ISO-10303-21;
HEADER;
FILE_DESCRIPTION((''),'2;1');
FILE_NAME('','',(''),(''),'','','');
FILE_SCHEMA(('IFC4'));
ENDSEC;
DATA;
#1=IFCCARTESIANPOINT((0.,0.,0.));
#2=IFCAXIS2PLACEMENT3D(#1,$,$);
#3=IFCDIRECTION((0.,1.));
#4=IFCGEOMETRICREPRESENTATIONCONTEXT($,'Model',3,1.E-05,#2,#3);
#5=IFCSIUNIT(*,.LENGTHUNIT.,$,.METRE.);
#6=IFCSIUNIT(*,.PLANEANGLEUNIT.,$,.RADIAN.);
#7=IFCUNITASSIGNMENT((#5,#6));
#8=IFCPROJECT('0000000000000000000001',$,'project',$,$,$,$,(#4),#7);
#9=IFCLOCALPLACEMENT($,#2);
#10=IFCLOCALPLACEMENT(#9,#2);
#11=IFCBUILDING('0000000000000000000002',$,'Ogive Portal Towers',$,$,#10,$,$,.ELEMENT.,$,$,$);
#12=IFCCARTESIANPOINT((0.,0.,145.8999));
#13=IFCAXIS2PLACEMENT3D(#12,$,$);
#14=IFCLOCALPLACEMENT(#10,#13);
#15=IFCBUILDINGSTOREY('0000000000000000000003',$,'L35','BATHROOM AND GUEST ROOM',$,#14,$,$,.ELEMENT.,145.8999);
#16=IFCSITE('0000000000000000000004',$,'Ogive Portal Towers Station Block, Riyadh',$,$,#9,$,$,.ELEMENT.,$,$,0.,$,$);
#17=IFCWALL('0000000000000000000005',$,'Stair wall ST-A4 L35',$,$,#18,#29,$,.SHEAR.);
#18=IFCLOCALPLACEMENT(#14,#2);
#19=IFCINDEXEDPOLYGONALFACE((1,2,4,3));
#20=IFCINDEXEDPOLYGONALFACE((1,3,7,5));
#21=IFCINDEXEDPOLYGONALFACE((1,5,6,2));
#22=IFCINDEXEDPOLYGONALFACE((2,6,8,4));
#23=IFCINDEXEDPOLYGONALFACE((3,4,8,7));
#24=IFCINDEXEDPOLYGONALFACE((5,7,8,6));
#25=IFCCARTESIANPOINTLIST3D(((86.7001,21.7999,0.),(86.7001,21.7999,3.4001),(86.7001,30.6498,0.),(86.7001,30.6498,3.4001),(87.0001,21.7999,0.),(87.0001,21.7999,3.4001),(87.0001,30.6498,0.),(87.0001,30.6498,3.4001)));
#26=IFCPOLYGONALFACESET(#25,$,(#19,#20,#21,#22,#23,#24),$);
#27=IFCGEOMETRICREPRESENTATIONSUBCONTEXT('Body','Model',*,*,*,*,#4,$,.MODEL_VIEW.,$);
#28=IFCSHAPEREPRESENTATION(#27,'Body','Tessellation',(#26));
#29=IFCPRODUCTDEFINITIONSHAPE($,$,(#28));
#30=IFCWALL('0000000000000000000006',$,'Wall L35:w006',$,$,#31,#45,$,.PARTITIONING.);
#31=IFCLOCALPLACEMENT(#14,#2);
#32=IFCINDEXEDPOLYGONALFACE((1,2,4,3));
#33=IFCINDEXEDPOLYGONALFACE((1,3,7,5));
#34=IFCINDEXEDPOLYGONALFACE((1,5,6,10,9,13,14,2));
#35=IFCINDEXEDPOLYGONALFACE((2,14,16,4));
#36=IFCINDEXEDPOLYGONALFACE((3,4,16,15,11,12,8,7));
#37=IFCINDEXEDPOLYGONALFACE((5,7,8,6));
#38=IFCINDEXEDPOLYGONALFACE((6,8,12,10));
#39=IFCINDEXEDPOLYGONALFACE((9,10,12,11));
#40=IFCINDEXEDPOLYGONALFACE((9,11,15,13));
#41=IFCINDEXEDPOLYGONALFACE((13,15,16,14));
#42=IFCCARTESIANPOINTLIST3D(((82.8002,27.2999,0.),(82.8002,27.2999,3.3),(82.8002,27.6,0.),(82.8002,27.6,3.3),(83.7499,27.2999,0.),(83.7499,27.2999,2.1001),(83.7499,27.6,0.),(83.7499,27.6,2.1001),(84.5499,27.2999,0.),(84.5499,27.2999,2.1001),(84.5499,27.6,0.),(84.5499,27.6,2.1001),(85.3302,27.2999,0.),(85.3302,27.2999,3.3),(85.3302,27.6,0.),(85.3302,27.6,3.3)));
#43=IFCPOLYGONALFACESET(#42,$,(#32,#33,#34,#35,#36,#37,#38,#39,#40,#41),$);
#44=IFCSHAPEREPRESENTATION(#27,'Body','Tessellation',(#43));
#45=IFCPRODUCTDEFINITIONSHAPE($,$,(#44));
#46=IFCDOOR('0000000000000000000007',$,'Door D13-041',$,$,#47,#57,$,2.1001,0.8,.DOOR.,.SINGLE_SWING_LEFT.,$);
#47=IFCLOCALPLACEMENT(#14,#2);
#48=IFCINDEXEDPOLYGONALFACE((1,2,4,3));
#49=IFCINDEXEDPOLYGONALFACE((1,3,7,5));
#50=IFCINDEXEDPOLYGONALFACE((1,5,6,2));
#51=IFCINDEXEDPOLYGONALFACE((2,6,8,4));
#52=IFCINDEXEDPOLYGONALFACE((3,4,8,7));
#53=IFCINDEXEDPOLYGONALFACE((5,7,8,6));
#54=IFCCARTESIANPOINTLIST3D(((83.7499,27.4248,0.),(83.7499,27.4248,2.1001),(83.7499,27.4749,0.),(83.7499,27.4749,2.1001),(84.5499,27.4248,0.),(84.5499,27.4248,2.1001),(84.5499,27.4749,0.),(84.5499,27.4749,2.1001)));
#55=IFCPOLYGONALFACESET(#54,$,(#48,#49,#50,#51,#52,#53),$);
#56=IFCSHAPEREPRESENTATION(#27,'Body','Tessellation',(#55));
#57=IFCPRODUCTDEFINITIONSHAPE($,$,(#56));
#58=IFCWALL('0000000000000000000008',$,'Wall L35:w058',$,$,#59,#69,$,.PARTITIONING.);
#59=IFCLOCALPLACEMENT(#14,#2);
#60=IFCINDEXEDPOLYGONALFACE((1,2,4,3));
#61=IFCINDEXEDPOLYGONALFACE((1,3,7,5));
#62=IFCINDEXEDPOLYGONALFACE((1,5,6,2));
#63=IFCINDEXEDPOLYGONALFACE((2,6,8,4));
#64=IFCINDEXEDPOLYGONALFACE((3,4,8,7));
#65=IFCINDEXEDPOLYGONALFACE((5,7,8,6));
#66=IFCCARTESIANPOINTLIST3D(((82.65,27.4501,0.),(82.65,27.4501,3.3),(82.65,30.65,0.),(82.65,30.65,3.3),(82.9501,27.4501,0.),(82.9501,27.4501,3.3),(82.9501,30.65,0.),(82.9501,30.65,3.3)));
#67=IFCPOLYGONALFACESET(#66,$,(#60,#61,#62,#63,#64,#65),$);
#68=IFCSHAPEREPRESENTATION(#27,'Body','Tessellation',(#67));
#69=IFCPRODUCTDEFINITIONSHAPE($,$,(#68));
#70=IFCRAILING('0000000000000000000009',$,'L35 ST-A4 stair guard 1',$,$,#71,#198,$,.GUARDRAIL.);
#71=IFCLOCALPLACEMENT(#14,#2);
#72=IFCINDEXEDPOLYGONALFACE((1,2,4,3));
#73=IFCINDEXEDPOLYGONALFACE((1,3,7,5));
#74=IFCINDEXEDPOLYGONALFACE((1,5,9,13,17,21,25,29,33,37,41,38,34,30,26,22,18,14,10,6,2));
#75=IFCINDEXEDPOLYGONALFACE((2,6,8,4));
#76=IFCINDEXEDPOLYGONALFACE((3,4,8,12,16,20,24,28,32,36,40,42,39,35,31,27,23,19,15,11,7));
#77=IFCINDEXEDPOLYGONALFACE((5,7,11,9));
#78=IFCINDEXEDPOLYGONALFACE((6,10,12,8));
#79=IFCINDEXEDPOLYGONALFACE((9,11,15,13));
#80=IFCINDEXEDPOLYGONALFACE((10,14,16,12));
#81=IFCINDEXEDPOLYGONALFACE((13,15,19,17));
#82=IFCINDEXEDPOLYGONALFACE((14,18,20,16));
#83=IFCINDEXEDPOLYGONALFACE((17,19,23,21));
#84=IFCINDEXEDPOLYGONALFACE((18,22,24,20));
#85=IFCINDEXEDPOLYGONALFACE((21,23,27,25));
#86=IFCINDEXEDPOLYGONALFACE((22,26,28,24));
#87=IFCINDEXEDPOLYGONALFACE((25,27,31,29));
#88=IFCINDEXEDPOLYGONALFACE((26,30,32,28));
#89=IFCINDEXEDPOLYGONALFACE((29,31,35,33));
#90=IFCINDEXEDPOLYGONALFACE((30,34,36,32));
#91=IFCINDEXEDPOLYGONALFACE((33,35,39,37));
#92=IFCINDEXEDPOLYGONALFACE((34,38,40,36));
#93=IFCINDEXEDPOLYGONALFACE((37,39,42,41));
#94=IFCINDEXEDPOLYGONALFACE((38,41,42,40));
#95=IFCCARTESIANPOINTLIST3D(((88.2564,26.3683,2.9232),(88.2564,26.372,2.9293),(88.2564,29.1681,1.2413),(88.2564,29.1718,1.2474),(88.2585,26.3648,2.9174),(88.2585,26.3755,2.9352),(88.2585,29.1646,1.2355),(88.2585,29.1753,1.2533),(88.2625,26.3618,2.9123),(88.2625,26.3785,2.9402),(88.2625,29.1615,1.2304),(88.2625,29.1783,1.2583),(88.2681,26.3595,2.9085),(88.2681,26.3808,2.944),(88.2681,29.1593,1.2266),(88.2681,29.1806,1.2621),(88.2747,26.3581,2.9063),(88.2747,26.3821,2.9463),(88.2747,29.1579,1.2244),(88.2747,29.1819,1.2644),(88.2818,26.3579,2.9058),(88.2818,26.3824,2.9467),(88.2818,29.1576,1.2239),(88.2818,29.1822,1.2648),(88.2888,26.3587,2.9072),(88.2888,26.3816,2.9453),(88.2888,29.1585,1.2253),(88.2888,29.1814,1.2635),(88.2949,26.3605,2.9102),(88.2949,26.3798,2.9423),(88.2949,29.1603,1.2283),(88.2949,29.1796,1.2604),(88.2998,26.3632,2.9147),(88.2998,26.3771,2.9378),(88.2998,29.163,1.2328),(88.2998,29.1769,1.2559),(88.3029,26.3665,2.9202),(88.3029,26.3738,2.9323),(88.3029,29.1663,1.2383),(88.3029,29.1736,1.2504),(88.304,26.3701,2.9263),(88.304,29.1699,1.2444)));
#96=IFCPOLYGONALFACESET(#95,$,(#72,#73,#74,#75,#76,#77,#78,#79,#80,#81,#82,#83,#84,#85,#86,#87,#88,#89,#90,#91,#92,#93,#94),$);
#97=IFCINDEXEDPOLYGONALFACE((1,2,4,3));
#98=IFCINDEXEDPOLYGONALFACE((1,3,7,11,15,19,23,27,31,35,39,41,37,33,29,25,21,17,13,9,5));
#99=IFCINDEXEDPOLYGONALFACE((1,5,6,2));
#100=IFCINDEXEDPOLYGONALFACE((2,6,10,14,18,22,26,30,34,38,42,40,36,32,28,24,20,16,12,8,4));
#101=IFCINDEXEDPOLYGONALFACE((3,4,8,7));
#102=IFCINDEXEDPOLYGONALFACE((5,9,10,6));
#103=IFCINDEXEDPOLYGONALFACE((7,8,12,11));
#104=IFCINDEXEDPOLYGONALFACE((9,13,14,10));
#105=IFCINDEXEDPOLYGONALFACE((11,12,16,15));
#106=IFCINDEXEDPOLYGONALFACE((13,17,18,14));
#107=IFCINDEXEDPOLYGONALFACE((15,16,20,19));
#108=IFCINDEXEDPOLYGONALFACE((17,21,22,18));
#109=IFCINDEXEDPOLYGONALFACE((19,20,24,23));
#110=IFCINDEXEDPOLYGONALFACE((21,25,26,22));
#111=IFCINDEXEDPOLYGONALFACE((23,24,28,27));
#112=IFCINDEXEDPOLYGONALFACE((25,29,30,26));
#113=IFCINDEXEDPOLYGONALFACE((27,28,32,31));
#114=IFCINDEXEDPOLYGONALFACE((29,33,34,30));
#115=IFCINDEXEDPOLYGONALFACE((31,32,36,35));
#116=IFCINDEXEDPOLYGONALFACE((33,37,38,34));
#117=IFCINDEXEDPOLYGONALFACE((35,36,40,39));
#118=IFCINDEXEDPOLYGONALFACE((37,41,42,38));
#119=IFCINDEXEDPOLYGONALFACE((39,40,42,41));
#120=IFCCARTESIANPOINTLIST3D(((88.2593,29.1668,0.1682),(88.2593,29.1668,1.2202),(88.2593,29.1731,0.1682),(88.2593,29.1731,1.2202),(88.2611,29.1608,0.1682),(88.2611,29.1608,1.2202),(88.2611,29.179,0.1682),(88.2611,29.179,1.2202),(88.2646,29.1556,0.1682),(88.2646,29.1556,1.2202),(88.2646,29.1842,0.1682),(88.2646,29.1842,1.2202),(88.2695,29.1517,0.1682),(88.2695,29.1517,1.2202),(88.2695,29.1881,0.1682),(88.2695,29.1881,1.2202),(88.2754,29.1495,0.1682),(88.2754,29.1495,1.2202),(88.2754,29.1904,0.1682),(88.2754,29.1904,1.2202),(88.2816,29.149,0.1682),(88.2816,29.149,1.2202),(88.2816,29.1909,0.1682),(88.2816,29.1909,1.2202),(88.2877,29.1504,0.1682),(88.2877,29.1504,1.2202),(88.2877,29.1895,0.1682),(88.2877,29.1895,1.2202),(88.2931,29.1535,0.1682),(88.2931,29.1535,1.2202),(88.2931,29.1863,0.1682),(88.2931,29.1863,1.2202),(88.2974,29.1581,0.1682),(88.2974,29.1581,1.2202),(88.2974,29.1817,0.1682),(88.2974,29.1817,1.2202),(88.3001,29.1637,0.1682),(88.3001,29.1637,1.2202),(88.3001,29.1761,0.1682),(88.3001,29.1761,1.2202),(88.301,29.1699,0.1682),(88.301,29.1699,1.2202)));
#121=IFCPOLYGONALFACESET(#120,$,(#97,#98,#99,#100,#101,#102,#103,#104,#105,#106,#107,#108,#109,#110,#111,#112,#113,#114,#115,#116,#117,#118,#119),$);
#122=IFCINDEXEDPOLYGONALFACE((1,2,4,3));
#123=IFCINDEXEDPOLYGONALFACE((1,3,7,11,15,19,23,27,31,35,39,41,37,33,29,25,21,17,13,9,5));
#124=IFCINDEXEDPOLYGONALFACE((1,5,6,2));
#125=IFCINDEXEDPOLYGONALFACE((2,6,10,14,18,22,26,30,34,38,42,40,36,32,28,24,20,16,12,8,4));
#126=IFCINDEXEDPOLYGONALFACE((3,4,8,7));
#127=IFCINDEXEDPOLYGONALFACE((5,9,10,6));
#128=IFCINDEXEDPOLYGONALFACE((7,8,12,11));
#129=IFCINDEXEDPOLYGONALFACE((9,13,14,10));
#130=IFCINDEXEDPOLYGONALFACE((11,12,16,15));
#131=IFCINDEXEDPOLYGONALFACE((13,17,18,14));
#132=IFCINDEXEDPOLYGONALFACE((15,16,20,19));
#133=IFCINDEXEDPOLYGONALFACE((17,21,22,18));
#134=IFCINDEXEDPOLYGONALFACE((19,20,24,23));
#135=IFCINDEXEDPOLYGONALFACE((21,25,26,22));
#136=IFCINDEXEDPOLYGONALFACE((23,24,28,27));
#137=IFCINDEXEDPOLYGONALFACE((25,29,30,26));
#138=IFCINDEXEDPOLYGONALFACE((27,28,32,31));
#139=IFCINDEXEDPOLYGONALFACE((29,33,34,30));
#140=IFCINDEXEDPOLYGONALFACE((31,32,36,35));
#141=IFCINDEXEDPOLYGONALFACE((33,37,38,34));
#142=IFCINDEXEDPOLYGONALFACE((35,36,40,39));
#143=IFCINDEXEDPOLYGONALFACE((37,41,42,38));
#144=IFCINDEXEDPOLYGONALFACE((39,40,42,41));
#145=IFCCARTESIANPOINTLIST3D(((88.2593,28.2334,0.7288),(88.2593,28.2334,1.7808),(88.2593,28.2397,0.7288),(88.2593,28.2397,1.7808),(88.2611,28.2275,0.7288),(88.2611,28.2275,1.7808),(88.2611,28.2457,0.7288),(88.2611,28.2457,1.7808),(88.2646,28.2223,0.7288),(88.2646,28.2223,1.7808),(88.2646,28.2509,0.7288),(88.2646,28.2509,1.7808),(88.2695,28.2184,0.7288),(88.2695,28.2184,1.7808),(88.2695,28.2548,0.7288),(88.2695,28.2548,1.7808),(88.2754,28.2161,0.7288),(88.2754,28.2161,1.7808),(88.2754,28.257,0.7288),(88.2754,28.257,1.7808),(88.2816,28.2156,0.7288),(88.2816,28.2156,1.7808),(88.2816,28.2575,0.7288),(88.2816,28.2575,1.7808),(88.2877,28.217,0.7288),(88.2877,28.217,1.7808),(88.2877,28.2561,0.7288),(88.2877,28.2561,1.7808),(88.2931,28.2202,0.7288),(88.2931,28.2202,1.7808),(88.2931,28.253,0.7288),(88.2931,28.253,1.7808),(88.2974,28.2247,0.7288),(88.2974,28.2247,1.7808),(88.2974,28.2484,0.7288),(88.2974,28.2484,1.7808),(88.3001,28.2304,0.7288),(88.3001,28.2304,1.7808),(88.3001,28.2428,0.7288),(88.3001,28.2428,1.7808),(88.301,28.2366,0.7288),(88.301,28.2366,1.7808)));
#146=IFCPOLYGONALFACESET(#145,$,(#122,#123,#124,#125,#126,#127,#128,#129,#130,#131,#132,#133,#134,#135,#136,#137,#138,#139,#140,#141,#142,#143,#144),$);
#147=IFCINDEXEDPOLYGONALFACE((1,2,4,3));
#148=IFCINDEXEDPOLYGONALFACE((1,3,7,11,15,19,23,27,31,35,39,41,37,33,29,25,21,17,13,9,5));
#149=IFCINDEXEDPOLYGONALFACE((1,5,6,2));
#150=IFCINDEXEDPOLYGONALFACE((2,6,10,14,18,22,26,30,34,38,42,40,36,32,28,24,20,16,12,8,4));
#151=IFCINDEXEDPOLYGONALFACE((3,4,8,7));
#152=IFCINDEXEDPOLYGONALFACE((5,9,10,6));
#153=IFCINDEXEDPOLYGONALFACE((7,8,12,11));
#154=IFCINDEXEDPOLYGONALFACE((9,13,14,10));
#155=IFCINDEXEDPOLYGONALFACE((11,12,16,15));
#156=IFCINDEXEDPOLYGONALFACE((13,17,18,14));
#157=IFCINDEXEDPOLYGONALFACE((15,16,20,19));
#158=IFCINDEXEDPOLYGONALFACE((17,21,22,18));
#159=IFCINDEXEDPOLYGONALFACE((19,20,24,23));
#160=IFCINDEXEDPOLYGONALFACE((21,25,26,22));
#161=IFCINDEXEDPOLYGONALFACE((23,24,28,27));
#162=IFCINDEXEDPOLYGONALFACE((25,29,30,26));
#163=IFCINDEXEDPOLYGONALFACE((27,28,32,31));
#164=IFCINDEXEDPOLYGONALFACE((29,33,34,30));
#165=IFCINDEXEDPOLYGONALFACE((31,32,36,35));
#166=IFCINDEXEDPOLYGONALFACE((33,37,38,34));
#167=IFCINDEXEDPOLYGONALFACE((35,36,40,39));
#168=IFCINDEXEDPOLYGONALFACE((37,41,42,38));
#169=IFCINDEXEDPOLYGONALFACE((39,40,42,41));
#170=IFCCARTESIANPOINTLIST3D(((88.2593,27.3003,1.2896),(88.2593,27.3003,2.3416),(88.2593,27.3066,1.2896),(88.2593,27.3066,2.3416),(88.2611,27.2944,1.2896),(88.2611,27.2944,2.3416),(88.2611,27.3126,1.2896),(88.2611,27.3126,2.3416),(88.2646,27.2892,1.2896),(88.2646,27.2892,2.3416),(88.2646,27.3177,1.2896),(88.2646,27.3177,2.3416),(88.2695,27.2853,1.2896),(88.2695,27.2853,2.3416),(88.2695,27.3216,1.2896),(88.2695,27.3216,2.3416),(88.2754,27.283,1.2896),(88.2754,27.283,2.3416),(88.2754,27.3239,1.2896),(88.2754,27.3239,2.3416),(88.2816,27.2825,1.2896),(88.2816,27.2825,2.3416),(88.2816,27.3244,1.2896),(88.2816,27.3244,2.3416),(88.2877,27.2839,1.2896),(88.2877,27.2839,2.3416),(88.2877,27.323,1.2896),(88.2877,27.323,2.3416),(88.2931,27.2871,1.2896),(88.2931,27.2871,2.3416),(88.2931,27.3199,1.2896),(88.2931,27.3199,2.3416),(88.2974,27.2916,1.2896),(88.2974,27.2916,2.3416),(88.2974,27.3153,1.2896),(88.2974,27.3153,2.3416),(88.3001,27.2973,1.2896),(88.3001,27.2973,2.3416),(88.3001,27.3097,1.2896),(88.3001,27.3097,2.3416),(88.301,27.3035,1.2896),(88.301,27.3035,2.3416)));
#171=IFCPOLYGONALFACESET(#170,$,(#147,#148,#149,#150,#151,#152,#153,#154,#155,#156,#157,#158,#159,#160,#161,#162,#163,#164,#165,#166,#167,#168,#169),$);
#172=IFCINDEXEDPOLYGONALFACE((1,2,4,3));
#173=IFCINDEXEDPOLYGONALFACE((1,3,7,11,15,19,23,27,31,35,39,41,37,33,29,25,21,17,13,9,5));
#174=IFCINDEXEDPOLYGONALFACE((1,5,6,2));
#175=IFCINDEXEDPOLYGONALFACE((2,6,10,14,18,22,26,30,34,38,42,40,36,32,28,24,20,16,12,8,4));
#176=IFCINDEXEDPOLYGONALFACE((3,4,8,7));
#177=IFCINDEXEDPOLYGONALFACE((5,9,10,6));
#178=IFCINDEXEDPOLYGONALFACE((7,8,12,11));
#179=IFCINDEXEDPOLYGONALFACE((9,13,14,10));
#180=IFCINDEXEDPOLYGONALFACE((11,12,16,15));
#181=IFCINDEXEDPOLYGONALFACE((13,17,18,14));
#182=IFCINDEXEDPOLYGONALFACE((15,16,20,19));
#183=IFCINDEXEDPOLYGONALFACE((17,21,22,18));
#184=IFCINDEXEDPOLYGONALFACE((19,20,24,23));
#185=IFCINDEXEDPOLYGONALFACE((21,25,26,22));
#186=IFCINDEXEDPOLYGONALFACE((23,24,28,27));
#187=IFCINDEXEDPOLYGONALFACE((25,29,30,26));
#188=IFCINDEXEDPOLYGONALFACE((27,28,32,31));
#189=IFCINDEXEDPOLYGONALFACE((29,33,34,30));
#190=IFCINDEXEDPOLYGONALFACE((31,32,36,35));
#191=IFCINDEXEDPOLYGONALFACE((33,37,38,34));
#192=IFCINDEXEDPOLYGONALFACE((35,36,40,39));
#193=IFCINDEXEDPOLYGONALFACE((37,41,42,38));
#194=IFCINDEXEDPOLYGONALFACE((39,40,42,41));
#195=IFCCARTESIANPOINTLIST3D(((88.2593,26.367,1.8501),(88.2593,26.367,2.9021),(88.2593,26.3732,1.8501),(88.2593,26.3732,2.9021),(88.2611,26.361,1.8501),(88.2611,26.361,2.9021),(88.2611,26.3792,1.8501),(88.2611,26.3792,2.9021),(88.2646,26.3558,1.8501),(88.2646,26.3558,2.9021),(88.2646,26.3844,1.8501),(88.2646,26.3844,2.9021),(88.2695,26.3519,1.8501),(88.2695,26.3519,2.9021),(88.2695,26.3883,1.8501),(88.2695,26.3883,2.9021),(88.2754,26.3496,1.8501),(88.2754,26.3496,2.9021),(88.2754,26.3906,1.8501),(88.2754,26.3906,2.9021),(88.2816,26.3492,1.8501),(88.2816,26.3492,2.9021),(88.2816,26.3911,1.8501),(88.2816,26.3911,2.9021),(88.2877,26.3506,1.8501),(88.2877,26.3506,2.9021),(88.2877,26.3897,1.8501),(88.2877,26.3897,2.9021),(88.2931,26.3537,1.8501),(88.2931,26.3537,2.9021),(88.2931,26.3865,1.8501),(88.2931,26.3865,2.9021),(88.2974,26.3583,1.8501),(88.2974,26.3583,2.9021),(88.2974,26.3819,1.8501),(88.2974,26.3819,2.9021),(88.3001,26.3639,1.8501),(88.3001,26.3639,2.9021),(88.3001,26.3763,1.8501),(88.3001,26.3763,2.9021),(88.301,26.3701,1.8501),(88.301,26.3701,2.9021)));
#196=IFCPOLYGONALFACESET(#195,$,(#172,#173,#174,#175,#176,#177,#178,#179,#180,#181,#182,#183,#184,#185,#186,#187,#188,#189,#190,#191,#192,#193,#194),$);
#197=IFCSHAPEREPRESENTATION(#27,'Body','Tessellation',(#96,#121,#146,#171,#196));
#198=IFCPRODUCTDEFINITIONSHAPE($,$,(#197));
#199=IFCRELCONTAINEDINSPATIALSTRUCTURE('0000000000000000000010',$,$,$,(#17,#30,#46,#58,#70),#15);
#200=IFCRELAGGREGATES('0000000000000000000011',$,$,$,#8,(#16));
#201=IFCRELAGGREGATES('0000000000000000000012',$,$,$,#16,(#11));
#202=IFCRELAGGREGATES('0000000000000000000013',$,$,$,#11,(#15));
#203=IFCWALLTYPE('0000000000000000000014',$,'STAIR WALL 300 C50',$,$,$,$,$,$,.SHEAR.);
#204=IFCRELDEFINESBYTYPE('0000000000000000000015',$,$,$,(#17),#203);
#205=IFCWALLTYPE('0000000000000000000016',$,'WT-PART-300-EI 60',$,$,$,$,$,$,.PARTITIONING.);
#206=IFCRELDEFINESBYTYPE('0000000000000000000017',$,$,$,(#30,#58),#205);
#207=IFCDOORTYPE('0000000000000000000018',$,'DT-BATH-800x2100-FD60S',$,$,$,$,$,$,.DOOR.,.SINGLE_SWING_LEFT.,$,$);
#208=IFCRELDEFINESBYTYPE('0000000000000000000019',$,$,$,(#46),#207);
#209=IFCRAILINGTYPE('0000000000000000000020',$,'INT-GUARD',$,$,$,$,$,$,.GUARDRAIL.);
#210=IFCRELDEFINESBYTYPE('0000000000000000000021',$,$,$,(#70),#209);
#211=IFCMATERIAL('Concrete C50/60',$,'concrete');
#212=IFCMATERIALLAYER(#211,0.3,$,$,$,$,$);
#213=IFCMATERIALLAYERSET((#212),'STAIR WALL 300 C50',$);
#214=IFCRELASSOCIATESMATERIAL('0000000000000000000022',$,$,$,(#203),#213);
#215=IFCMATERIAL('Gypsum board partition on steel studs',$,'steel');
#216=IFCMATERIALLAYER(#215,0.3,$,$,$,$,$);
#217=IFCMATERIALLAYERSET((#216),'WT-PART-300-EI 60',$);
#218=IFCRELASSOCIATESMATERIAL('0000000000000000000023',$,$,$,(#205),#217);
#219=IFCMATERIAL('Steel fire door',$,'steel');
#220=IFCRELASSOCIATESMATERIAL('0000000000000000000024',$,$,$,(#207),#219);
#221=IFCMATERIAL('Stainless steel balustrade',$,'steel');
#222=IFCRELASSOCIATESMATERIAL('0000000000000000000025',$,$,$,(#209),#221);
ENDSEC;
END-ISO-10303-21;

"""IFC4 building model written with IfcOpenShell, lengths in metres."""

from ifc_helpers import new_model, si_unit, direction, frame, frame_2d, origin, origin_2d, place, context, subcontext, project, spatial, rectangle, circle, extrude, material, layer, layer_set, type_object, element, fill, save


model = new_model("IFC4")

# Units and contexts
model_context = context("Model", 3, precision=1e-05, world=origin(), true_north=direction((0.0, 1.0)))
body_context = subcontext(model_context, "Body", "Model", "MODEL_VIEW")
ifc_project = project(units=[si_unit("LENGTHUNIT", "METRE"), si_unit("PLANEANGLEUNIT", "RADIAN")], contexts=[model_context])

# Site, building, storey
site_placement = place(None, origin())
site = spatial("IfcSite", under=ifc_project, at=site_placement, Name="Ogive Portal Towers Station Block, Riyadh", CompositionType="ELEMENT", RefElevation=0.0)
building_placement = place(site_placement, origin())
building = spatial("IfcBuilding", under=site, at=building_placement, Name="Ogive Portal Towers", CompositionType="ELEMENT")
storey_placement = place(building_placement, frame((0.0, 0.0, 145.8999)))
storey = spatial("IfcBuildingStorey", under=building, at=storey_placement, Name="L35", Description="BATHROOM AND GUEST ROOM", CompositionType="ELEMENT", Elevation=145.8999)

# Shared definitions
ifc_material_1 = material(Name="Steel fire door", Category="steel")

# Shared definitions
ifc_material_2 = material(Name="Concrete C50/60", Category="concrete")
ifc_layer_1 = layer(ifc_material_2, 0.3)
ifc_layer_set_1 = layer_set([ifc_layer_1], Name="STAIR WALL 300 C50")
wall_type_1 = type_object("IfcWallType", Name="STAIR WALL 300 C50", PredefinedType="SHEAR", material=ifc_layer_set_1)

# Wall
wall_1_placement = place(storey_placement, frame((86.8501, 21.8, 0.0), z_axis=(0.0, 0.0, 1.0), x_axis=(0.0, 1.0, 0.0)))
element("IfcWall", 1, at=wall_1_placement, inside=storey, type_object=wall_type_1, Name="Stair wall ST-A4 L35", PredefinedType="SHEAR", context=body_context, shape_type="SweptSolid", body=[
    extrude(rectangle(XDim=8.8499, YDim=0.3, at=frame_2d((4.4248, 0.0))), origin(), (0.0, 0.0, 1.0), 3.4001),
])

# Wall, opening, door
ifc_material_3 = material(Name="Gypsum board partition on steel studs", Category="steel")
ifc_layer_2 = layer(ifc_material_3, 0.3)
ifc_layer_set_2 = layer_set([ifc_layer_2], Name="WT-PART-300-EI 60")
wall_type_2 = type_object("IfcWallType", Name="WT-PART-300-EI 60", PredefinedType="PARTITIONING", material=ifc_layer_set_2)
wall_2_placement = place(storey_placement, frame((82.8, 27.45, 0.0), z_axis=(0.0, 0.0, 1.0), x_axis=(1.0, 0.0, 0.0)))
wall_2 = element("IfcWall", 2, at=wall_2_placement, inside=storey, type_object=wall_type_2, Name="Wall L35:w006", PredefinedType="PARTITIONING", context=body_context, shape_type="SweptSolid", body=[
    extrude(rectangle(XDim=2.53, YDim=0.3, at=frame_2d((1.2651, 0.0))), origin(), (0.0, 0.0, 1.0), 3.3),
])
opening_1_placement = place(wall_2_placement, frame((0.95, 0.0, 0.0)))
opening_1 = element("IfcOpeningElement", 3, at=opening_1_placement, cuts=wall_2, PredefinedType="OPENING", context=body_context, shape_type="SweptSolid", body=[
    extrude(rectangle(XDim=0.8, YDim=2.1001, at=frame_2d((0.3999, 1.05))), frame((0.0, 0.1602, 0.0), z_axis=(0.0, -1.0, 0.0), x_axis=(1.0, 0.0, 0.0)), (0.0, 0.0, 1.0), 0.3201),
])
door_type_1 = type_object("IfcDoorType", Name="DT-BATH-800x2100-FD60S", OperationType="SINGLE_SWING_LEFT", PredefinedType="DOOR", material=ifc_material_1)
door_1_placement = place(opening_1_placement, origin())
door_1 = element("IfcDoor", 4, at=door_1_placement, inside=storey, type_object=door_type_1, Name="Door D13-041", OperationType="SINGLE_SWING_LEFT", OverallHeight=2.1001, OverallWidth=0.8, PredefinedType="DOOR", context=body_context, shape_type="SweptSolid", body=[
    extrude(rectangle(XDim=0.8, YDim=2.1001, at=frame_2d((0.3999, 1.05))), frame((0.0, 0.0249, 0.0), z_axis=(0.0, -1.0, 0.0), x_axis=(1.0, 0.0, 0.0)), (0.0, 0.0, 1.0), 0.05),
])
fill(opening_1, door_1)

# Wall
wall_3_placement = place(storey_placement, frame((82.8, 27.45, 0.0), z_axis=(0.0, 0.0, 1.0), x_axis=(0.0, 1.0, 0.0)))
element("IfcWall", 5, at=wall_3_placement, inside=storey, type_object=wall_type_2, Name="Wall L35:w058", PredefinedType="PARTITIONING", context=body_context, shape_type="SweptSolid", body=[
    extrude(rectangle(XDim=3.2, YDim=0.3, at=frame_2d((1.6001, 0.0))), origin(), (0.0, 0.0, 1.0), 3.3),
])

# Railing
ifc_material_4 = material(Name="Stainless steel balustrade", Category="steel")
railing_type_1 = type_object("IfcRailingType", Name="INT-GUARD", PredefinedType="GUARDRAIL", material=ifc_material_4)
railing_1_placement = place(storey_placement, frame((88.28, 29.1699, 0.1682)))
element("IfcRailing", 6, at=railing_1_placement, inside=storey, type_object=railing_type_1, Name="L35 ST-A4 stair guard 1", PredefinedType="GUARDRAIL", context=body_context, shape_type="SweptSolid", body=[
    extrude(circle(Radius=0.0239, at=origin_2d()), frame((0.0, 0.0, 1.0762), z_axis=(0.0, -0.857222, 0.514946), x_axis=(1.0, 0.0, 0.0)), (0.0, 0.0, 1.0), 3.2661),
    extrude(circle(Radius=0.021, at=origin_2d()), origin(), (0.0, 0.0, 1.0), 1.052),
    extrude(circle(Radius=0.021, at=origin_2d()), frame((0.0, -0.9333, 0.5605)), (0.0, 0.0, 1.0), 1.052),
    extrude(circle(Radius=0.021, at=origin_2d()), frame((0.0, -1.8665, 1.1213)), (0.0, 0.0, 1.0), 1.052),
    extrude(circle(Radius=0.021, at=origin_2d()), frame((0.0, -2.7998, 1.6819)), (0.0, 0.0, 1.0), 1.052),
])

save(model, "model.ifc")
